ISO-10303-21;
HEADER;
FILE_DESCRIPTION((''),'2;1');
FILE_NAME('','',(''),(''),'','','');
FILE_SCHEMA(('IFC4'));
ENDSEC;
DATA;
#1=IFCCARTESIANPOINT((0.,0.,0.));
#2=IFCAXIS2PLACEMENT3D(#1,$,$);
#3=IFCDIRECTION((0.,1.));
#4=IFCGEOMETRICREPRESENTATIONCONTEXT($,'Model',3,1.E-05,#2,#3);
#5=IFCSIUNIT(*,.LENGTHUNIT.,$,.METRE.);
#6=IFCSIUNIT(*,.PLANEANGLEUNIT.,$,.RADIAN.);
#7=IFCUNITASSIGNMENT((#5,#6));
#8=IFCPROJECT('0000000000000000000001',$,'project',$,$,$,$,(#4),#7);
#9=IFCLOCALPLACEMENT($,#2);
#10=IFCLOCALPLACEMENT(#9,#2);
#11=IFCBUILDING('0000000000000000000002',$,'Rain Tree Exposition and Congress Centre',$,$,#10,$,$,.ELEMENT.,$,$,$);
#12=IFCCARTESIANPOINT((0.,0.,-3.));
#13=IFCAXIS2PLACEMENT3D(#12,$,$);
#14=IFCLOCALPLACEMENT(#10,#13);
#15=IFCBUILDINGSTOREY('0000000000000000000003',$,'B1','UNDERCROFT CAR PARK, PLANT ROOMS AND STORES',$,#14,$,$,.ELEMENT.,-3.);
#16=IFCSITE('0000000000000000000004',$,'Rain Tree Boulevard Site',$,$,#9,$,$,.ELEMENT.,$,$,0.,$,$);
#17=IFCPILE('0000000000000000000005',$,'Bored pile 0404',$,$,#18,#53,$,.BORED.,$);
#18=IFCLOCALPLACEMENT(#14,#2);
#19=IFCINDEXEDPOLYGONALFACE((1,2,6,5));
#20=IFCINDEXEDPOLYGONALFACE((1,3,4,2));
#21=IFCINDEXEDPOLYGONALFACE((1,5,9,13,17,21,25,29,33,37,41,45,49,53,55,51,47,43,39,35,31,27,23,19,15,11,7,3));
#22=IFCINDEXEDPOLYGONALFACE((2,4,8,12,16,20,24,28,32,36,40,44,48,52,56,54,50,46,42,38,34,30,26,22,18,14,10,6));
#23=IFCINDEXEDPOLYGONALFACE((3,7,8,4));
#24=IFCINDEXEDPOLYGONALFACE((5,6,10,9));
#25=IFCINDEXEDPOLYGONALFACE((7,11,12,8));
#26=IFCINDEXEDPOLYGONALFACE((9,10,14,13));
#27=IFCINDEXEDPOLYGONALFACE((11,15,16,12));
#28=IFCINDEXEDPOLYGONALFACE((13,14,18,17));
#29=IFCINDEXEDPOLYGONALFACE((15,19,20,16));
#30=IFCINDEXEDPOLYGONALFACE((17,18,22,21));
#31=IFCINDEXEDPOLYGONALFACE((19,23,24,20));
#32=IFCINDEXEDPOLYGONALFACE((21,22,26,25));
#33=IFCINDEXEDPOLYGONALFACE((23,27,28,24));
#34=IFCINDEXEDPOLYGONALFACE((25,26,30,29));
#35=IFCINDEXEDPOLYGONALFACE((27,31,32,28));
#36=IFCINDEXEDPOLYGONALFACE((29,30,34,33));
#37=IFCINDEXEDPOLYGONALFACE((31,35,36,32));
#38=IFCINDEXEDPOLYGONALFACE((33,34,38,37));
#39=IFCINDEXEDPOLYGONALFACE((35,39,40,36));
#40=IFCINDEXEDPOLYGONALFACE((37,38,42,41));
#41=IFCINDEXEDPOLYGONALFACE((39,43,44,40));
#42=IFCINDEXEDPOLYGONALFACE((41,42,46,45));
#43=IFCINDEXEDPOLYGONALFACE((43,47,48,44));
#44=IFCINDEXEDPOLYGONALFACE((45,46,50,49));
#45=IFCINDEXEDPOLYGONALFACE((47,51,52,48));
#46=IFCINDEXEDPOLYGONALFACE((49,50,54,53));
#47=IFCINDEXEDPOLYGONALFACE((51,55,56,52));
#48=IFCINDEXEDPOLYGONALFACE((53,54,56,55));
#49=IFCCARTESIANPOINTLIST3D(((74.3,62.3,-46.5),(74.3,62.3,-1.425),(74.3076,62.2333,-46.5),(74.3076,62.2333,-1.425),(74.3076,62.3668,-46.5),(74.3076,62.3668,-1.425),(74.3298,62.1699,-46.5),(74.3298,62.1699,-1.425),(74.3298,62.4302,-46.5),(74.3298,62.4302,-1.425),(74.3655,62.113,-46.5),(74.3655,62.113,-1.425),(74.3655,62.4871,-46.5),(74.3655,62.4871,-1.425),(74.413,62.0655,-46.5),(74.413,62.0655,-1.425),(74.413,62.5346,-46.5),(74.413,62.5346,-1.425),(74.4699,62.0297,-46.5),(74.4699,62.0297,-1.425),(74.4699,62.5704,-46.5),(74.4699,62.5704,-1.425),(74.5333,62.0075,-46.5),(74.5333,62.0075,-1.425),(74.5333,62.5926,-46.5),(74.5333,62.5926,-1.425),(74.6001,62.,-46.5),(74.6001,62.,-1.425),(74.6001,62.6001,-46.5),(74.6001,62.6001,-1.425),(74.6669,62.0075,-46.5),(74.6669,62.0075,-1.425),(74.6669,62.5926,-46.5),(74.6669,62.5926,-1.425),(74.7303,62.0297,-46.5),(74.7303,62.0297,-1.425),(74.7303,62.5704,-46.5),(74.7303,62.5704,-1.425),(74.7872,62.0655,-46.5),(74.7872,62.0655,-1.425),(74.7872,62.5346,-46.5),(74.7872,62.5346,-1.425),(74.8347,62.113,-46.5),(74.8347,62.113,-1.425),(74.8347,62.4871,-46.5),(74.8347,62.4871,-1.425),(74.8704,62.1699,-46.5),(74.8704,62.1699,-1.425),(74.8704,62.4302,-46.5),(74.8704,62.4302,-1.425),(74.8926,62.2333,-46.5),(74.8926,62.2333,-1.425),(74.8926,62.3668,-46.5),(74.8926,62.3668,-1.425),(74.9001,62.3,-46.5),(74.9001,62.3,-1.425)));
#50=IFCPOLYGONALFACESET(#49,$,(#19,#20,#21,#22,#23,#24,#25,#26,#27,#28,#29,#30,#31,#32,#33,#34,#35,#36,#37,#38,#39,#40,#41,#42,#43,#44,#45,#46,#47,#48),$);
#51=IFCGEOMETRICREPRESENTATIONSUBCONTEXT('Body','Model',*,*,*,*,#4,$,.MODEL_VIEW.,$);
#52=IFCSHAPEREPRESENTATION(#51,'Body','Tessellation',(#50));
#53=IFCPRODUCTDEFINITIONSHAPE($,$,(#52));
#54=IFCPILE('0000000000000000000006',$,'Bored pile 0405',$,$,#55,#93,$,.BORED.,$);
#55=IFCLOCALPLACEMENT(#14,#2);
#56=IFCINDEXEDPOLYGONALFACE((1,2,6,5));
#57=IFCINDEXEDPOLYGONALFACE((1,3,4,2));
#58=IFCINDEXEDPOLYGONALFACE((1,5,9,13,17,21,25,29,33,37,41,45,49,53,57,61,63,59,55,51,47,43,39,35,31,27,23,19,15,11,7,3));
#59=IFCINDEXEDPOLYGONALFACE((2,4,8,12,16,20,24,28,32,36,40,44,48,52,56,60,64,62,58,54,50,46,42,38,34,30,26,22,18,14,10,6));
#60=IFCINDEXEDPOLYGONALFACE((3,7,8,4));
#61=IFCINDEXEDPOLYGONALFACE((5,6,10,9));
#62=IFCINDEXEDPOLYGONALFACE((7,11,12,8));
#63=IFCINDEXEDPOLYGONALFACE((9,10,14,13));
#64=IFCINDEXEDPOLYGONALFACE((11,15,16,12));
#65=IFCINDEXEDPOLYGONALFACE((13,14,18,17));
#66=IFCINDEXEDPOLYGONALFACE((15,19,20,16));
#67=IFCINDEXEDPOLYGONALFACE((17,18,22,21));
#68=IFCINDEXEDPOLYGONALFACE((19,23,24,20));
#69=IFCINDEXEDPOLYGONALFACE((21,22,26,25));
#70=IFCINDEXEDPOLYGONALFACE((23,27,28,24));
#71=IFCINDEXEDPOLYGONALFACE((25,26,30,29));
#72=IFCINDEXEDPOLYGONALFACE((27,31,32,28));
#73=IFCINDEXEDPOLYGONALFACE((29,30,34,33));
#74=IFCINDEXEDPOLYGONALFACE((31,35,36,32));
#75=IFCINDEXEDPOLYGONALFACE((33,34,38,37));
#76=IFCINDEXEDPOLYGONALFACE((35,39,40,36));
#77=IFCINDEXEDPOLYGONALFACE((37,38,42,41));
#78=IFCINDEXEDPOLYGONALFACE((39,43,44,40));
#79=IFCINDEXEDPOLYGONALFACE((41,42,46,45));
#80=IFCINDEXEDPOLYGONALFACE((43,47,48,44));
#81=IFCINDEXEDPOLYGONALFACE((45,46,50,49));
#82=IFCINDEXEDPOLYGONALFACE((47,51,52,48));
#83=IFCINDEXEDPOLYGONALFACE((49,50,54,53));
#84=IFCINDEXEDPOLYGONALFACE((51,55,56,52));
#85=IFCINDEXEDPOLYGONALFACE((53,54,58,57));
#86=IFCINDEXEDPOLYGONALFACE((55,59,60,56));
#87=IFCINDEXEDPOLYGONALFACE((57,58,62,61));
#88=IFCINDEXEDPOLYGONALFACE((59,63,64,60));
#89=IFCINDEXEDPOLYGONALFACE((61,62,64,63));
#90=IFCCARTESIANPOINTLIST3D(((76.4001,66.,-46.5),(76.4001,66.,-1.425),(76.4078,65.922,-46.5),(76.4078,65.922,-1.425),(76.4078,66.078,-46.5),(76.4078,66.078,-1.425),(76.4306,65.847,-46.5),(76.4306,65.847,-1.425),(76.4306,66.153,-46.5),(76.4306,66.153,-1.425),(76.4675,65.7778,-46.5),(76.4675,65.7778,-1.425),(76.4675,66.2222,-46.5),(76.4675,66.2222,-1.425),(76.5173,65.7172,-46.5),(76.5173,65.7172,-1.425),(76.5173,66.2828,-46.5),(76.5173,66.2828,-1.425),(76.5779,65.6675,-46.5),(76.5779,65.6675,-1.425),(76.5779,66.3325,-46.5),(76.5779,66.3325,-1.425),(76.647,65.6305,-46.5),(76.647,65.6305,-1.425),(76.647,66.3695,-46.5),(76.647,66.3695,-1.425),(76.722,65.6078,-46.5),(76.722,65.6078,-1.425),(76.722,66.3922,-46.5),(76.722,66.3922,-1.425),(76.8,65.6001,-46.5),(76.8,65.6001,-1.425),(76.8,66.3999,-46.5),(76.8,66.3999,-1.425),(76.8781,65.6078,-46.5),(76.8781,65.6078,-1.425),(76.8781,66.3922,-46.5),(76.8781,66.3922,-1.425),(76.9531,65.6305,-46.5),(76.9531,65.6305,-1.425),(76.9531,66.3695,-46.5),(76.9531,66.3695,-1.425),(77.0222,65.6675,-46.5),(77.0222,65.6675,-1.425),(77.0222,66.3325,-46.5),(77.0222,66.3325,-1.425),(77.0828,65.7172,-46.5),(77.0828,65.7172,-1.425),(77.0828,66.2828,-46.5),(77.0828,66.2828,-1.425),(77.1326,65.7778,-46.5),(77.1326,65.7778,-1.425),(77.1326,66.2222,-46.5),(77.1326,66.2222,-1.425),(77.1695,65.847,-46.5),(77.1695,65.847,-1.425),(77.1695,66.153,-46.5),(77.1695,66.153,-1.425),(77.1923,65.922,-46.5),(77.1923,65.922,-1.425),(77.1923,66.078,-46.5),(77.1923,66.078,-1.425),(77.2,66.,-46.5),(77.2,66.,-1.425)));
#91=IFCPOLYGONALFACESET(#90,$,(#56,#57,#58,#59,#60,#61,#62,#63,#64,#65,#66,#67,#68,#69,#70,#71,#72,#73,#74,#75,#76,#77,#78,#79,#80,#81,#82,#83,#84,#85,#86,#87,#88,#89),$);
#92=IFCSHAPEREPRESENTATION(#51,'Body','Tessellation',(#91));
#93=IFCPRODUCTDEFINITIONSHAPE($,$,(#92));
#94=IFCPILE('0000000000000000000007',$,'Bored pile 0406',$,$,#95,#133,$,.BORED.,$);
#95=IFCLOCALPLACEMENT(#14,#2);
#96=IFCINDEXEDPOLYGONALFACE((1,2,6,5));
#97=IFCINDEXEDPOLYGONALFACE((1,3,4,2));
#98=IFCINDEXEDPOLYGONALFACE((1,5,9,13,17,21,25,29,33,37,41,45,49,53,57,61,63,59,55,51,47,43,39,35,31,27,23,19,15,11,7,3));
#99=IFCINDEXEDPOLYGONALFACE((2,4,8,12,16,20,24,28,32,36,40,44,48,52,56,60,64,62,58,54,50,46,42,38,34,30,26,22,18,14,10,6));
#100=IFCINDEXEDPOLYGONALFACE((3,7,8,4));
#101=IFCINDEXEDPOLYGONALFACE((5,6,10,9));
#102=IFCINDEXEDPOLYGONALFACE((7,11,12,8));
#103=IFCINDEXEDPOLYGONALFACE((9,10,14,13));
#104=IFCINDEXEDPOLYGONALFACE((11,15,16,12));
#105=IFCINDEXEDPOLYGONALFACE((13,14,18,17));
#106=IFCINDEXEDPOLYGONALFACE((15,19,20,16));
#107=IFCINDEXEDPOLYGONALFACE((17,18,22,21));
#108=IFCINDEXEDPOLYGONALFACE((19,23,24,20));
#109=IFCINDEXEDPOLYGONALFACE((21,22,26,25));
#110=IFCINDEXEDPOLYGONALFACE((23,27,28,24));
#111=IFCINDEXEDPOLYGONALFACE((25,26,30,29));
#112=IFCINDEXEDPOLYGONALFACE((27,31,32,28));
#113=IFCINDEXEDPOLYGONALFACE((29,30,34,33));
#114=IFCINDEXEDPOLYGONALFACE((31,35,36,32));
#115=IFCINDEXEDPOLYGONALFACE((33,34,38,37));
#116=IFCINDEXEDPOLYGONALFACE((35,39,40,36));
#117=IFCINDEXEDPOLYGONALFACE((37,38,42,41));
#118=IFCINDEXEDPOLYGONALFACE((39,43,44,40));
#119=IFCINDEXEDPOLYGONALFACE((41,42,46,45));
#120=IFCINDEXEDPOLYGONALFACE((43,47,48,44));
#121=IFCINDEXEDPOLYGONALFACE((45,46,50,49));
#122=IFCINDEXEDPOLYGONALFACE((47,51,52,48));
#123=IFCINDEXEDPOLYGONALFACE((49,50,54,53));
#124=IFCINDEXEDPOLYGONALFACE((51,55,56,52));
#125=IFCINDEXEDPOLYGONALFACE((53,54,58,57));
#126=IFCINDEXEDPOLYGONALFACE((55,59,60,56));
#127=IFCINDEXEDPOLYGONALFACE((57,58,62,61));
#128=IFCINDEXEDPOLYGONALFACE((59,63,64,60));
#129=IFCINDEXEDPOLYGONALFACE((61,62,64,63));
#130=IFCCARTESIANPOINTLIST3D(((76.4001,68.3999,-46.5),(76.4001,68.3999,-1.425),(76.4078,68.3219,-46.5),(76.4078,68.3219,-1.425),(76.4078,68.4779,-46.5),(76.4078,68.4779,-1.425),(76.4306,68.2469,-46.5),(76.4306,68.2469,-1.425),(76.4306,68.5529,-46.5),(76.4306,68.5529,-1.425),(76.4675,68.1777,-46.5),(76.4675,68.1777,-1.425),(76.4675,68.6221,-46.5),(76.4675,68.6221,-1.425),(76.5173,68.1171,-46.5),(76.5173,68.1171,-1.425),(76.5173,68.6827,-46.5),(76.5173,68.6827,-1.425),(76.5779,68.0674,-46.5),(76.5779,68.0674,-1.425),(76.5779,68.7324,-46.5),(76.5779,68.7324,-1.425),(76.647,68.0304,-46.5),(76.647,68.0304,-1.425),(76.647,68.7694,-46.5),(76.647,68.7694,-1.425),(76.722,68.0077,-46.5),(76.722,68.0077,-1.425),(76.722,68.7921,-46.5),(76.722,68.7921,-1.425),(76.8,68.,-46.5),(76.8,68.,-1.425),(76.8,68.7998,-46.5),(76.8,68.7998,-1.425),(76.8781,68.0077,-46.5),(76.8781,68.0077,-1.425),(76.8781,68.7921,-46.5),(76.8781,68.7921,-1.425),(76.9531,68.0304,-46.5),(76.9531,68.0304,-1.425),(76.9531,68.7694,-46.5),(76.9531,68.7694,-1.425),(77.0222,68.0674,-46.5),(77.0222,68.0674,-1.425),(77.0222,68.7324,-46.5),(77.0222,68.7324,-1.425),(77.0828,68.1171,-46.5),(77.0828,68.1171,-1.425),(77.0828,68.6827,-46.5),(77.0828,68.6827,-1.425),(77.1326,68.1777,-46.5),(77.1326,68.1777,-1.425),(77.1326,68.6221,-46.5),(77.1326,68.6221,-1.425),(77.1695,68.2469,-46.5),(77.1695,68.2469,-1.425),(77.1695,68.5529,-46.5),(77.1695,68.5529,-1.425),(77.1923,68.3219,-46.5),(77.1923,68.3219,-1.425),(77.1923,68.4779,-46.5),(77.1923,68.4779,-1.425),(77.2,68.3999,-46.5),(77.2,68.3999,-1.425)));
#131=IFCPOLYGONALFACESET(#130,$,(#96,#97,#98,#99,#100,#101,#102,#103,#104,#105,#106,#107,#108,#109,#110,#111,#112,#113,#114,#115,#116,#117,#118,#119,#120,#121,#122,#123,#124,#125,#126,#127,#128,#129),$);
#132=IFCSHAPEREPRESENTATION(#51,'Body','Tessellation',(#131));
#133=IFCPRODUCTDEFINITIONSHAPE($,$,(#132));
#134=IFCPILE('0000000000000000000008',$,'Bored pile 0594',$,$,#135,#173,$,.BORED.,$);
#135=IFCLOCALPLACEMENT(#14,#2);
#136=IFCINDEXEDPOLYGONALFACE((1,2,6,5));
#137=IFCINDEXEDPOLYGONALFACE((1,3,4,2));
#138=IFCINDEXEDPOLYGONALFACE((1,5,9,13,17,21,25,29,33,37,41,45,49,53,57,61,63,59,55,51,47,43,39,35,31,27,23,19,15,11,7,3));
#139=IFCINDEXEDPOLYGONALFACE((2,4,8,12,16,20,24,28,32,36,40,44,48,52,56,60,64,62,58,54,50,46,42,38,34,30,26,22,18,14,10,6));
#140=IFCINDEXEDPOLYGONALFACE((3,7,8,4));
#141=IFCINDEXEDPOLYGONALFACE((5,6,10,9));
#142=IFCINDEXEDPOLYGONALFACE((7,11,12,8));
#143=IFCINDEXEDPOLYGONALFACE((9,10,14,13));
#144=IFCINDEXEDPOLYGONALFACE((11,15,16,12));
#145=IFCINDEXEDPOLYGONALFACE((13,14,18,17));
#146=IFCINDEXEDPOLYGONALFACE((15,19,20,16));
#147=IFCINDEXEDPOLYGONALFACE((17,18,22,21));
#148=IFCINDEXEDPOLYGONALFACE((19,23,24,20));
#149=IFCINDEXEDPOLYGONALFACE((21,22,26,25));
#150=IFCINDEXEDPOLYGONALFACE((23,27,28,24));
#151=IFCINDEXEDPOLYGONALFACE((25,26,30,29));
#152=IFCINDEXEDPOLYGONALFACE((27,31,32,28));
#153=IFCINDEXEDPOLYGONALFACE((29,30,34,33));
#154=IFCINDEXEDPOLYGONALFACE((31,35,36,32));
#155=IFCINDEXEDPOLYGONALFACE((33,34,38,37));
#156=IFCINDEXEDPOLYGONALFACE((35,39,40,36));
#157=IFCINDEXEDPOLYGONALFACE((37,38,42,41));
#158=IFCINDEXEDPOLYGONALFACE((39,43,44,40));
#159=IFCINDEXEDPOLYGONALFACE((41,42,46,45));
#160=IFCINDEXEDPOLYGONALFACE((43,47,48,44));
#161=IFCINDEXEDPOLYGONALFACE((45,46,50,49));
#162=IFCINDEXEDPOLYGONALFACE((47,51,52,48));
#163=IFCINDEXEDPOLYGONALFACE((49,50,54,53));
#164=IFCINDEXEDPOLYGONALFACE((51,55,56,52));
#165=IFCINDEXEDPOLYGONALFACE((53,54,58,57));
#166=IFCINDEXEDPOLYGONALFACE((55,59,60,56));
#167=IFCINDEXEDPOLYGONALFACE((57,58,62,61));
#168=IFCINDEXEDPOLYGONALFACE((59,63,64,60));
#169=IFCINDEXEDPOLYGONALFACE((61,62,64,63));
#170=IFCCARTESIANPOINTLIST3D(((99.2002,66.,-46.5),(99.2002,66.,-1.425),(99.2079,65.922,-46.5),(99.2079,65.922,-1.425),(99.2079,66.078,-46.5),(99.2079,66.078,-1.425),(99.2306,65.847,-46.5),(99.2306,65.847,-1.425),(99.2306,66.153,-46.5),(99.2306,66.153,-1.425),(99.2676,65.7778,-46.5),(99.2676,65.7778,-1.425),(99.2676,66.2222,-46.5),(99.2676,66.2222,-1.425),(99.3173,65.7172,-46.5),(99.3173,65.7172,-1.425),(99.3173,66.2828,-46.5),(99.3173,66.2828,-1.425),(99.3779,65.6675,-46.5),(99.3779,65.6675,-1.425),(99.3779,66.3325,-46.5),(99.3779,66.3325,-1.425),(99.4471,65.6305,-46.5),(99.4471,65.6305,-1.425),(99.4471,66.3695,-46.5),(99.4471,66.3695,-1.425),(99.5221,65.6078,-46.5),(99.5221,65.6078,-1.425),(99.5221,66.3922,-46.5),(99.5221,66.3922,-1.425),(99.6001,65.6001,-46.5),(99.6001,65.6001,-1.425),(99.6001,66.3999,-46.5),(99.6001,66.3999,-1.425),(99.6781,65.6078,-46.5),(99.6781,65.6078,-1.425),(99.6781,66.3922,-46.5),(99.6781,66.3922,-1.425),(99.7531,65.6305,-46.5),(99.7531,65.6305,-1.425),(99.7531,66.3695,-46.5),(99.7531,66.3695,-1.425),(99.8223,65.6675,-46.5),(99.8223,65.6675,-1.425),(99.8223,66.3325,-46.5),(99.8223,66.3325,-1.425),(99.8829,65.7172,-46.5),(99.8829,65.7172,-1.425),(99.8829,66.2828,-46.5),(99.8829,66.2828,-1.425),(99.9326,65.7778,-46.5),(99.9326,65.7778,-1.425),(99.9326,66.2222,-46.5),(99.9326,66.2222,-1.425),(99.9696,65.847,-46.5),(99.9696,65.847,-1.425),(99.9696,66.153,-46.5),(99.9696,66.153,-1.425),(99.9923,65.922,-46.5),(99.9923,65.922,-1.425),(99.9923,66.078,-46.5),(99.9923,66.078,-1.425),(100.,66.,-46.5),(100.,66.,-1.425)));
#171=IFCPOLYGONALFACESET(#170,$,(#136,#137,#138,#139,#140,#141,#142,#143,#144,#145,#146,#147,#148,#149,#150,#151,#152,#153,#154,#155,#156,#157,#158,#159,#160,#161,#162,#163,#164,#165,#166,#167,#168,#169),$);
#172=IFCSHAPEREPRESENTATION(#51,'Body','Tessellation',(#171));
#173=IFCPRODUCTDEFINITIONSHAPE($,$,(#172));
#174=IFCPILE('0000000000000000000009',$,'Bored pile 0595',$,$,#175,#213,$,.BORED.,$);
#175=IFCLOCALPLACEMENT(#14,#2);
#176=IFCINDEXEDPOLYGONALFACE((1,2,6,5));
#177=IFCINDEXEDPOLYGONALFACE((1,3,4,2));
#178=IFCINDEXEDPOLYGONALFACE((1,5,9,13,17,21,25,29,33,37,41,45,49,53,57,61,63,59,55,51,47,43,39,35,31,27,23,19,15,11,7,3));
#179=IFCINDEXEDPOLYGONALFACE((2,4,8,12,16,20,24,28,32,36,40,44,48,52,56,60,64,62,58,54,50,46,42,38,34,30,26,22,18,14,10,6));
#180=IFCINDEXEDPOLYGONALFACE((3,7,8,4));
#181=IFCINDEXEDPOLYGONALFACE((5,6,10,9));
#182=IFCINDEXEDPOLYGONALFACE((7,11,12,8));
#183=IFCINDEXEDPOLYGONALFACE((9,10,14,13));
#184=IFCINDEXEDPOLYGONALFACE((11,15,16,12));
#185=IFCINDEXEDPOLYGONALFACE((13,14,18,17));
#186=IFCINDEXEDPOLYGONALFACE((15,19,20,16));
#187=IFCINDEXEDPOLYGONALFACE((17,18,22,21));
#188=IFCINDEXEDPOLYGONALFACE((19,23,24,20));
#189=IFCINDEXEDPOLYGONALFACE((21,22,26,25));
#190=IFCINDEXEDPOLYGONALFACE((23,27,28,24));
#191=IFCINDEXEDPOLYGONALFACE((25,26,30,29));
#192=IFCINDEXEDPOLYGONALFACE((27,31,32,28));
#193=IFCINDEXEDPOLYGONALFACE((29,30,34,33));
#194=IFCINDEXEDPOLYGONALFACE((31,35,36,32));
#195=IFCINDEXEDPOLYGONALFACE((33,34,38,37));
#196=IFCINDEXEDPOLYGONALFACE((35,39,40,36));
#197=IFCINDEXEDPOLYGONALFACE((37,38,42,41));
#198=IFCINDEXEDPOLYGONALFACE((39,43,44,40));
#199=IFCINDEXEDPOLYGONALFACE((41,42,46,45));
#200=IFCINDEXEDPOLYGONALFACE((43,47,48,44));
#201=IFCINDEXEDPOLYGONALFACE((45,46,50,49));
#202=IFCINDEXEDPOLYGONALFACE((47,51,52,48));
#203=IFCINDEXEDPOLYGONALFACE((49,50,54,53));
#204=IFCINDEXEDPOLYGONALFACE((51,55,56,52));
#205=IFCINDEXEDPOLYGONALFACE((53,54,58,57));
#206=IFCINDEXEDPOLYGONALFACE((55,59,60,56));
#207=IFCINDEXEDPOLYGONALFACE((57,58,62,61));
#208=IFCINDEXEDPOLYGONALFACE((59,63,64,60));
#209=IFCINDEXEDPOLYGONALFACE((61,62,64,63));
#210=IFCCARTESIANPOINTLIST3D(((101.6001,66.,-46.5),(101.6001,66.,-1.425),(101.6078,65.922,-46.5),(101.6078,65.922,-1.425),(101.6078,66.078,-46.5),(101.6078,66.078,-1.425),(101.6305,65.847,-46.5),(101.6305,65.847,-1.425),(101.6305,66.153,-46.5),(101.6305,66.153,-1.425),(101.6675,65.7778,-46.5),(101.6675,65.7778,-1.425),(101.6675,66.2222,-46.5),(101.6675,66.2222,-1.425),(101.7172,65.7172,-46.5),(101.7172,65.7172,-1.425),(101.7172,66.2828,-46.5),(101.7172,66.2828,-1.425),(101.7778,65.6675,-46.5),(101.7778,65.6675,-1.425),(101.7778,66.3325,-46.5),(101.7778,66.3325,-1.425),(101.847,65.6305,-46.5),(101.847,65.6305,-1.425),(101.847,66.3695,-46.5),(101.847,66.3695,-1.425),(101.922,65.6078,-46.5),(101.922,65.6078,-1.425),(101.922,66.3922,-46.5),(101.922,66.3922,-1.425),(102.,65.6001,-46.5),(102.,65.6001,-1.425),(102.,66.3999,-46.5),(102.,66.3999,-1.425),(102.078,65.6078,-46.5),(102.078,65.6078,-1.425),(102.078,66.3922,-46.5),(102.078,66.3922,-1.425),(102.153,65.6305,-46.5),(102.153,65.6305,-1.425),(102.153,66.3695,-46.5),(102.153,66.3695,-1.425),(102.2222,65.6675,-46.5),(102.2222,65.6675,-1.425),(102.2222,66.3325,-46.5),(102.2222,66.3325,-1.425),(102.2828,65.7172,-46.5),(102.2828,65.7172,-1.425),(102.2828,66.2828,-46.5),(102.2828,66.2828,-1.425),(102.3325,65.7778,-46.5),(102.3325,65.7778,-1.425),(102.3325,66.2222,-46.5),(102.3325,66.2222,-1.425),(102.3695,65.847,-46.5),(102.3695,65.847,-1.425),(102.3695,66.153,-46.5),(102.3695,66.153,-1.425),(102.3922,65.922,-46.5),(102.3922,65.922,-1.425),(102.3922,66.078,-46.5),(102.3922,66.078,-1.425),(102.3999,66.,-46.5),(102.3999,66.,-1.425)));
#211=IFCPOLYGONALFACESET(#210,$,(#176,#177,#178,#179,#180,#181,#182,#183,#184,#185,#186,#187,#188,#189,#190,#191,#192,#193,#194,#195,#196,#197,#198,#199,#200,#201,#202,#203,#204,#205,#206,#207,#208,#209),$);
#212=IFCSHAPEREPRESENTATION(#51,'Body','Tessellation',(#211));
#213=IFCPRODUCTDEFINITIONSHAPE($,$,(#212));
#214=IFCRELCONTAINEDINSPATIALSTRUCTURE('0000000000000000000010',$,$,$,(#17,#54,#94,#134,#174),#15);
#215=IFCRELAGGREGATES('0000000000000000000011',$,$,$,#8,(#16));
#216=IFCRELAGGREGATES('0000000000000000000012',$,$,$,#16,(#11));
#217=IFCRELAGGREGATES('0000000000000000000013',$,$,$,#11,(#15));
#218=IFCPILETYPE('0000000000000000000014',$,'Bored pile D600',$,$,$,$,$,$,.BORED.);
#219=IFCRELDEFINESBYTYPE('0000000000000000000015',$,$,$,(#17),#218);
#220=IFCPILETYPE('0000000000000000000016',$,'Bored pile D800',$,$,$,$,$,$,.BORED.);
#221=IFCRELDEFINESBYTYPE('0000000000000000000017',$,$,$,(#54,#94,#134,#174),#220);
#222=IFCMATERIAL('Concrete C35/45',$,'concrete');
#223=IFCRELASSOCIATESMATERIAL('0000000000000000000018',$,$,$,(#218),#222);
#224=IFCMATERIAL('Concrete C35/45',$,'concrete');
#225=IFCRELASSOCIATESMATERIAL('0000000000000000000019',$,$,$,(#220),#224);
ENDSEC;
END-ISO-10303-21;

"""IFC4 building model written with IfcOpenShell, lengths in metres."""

from ifc_helpers import new_model, si_unit, direction, frame, origin, origin_2d, place, context, subcontext, project, spatial, circle, extrude, material, material_profile, profile_set, type_object, element, save


model = new_model("IFC4")

# Units and contexts
model_context = context("Model", 3, precision=1e-05, world=origin(), true_north=direction((0.0, 1.0)))
body_context = subcontext(model_context, "Body", "Model", "MODEL_VIEW")
ifc_project = project(units=[si_unit("LENGTHUNIT", "METRE"), si_unit("PLANEANGLEUNIT", "RADIAN")], contexts=[model_context])

# Site, building, storey
site_placement = place(None, origin())
site = spatial("IfcSite", under=ifc_project, at=site_placement, Name="Rain Tree Boulevard Site", CompositionType="ELEMENT", RefElevation=0.0)
building_placement = place(site_placement, origin())
building = spatial("IfcBuilding", under=site, at=building_placement, Name="Rain Tree Exposition and Congress Centre", CompositionType="ELEMENT")
storey_placement = place(building_placement, frame((0.0, 0.0, -3.0)))
storey = spatial("IfcBuildingStorey", under=building, at=storey_placement, Name="B1", Description="UNDERCROFT CAR PARK, PLANT ROOMS AND STORES", CompositionType="ELEMENT", Elevation=-3.0)

# Piles
ifc_material_1 = material(Name="Concrete C35/45", Category="concrete")
ifc_material_profile_1 = material_profile(ifc_material_1, circle(Radius=0.3, at=origin_2d()), Name="D600")
ifc_profile_set_1 = profile_set([ifc_material_profile_1], Name="Concrete C35/45")
pile_type_1 = type_object("IfcPileType", Name="Bored pile D600", PredefinedType="BORED", material=ifc_profile_set_1)
pile_placement = place(storey_placement, frame((74.6001, 62.3, -1.425), z_axis=(0.0, 0.0, -1.0), x_axis=(1.0, 0.0, 0.0)))
element("IfcPile", 1, at=pile_placement, inside=storey, type_object=pile_type_1, Name="Bored pile 0404", PredefinedType="BORED", context=body_context, shape_type="SweptSolid", body=[
    extrude(circle(Radius=0.3, at=origin_2d()), origin(), (0.0, 0.0, 1.0), 45.075),
])
ifc_material_2 = material(Name="Concrete C35/45", Category="concrete")
ifc_material_profile_2 = material_profile(ifc_material_2, circle(Radius=0.3999, at=origin_2d()), Name="D800")
ifc_profile_set_2 = profile_set([ifc_material_profile_2], Name="Concrete C35/45")
pile_type_2 = type_object("IfcPileType", Name="Bored pile D800", PredefinedType="BORED", material=ifc_profile_set_2)
for number, where, z_axis, x_axis, name in (
    (2, (76.8, 66.0, -1.425), (0.0, 0.0, -1.0), (1.0, 0.0, 0.0), "Bored pile 0405"),
    (3, (76.8, 68.3999, -1.425), (0.0, 0.0, -1.0), (1.0, 0.0, 0.0), "Bored pile 0406"),
    (4, (99.6001, 66.0, -1.425), (0.0, 0.0, -1.0), (1.0, 0.0, 0.0), "Bored pile 0594"),
    (5, (102.0, 66.0, -1.425), (0.0, 0.0, -1.0), (1.0, 0.0, 0.0), "Bored pile 0595"),
):
    element("IfcPile", number, at=place(storey_placement, frame(where, z_axis=z_axis, x_axis=x_axis)), inside=storey, type_object=pile_type_2, Name=name, PredefinedType="BORED", context=body_context, shape_type="SweptSolid", body=[
        extrude(circle(Radius=0.3999, at=origin_2d()), origin(), (0.0, 0.0, 1.0), 45.075),
    ])

save(model, "model.ifc")
